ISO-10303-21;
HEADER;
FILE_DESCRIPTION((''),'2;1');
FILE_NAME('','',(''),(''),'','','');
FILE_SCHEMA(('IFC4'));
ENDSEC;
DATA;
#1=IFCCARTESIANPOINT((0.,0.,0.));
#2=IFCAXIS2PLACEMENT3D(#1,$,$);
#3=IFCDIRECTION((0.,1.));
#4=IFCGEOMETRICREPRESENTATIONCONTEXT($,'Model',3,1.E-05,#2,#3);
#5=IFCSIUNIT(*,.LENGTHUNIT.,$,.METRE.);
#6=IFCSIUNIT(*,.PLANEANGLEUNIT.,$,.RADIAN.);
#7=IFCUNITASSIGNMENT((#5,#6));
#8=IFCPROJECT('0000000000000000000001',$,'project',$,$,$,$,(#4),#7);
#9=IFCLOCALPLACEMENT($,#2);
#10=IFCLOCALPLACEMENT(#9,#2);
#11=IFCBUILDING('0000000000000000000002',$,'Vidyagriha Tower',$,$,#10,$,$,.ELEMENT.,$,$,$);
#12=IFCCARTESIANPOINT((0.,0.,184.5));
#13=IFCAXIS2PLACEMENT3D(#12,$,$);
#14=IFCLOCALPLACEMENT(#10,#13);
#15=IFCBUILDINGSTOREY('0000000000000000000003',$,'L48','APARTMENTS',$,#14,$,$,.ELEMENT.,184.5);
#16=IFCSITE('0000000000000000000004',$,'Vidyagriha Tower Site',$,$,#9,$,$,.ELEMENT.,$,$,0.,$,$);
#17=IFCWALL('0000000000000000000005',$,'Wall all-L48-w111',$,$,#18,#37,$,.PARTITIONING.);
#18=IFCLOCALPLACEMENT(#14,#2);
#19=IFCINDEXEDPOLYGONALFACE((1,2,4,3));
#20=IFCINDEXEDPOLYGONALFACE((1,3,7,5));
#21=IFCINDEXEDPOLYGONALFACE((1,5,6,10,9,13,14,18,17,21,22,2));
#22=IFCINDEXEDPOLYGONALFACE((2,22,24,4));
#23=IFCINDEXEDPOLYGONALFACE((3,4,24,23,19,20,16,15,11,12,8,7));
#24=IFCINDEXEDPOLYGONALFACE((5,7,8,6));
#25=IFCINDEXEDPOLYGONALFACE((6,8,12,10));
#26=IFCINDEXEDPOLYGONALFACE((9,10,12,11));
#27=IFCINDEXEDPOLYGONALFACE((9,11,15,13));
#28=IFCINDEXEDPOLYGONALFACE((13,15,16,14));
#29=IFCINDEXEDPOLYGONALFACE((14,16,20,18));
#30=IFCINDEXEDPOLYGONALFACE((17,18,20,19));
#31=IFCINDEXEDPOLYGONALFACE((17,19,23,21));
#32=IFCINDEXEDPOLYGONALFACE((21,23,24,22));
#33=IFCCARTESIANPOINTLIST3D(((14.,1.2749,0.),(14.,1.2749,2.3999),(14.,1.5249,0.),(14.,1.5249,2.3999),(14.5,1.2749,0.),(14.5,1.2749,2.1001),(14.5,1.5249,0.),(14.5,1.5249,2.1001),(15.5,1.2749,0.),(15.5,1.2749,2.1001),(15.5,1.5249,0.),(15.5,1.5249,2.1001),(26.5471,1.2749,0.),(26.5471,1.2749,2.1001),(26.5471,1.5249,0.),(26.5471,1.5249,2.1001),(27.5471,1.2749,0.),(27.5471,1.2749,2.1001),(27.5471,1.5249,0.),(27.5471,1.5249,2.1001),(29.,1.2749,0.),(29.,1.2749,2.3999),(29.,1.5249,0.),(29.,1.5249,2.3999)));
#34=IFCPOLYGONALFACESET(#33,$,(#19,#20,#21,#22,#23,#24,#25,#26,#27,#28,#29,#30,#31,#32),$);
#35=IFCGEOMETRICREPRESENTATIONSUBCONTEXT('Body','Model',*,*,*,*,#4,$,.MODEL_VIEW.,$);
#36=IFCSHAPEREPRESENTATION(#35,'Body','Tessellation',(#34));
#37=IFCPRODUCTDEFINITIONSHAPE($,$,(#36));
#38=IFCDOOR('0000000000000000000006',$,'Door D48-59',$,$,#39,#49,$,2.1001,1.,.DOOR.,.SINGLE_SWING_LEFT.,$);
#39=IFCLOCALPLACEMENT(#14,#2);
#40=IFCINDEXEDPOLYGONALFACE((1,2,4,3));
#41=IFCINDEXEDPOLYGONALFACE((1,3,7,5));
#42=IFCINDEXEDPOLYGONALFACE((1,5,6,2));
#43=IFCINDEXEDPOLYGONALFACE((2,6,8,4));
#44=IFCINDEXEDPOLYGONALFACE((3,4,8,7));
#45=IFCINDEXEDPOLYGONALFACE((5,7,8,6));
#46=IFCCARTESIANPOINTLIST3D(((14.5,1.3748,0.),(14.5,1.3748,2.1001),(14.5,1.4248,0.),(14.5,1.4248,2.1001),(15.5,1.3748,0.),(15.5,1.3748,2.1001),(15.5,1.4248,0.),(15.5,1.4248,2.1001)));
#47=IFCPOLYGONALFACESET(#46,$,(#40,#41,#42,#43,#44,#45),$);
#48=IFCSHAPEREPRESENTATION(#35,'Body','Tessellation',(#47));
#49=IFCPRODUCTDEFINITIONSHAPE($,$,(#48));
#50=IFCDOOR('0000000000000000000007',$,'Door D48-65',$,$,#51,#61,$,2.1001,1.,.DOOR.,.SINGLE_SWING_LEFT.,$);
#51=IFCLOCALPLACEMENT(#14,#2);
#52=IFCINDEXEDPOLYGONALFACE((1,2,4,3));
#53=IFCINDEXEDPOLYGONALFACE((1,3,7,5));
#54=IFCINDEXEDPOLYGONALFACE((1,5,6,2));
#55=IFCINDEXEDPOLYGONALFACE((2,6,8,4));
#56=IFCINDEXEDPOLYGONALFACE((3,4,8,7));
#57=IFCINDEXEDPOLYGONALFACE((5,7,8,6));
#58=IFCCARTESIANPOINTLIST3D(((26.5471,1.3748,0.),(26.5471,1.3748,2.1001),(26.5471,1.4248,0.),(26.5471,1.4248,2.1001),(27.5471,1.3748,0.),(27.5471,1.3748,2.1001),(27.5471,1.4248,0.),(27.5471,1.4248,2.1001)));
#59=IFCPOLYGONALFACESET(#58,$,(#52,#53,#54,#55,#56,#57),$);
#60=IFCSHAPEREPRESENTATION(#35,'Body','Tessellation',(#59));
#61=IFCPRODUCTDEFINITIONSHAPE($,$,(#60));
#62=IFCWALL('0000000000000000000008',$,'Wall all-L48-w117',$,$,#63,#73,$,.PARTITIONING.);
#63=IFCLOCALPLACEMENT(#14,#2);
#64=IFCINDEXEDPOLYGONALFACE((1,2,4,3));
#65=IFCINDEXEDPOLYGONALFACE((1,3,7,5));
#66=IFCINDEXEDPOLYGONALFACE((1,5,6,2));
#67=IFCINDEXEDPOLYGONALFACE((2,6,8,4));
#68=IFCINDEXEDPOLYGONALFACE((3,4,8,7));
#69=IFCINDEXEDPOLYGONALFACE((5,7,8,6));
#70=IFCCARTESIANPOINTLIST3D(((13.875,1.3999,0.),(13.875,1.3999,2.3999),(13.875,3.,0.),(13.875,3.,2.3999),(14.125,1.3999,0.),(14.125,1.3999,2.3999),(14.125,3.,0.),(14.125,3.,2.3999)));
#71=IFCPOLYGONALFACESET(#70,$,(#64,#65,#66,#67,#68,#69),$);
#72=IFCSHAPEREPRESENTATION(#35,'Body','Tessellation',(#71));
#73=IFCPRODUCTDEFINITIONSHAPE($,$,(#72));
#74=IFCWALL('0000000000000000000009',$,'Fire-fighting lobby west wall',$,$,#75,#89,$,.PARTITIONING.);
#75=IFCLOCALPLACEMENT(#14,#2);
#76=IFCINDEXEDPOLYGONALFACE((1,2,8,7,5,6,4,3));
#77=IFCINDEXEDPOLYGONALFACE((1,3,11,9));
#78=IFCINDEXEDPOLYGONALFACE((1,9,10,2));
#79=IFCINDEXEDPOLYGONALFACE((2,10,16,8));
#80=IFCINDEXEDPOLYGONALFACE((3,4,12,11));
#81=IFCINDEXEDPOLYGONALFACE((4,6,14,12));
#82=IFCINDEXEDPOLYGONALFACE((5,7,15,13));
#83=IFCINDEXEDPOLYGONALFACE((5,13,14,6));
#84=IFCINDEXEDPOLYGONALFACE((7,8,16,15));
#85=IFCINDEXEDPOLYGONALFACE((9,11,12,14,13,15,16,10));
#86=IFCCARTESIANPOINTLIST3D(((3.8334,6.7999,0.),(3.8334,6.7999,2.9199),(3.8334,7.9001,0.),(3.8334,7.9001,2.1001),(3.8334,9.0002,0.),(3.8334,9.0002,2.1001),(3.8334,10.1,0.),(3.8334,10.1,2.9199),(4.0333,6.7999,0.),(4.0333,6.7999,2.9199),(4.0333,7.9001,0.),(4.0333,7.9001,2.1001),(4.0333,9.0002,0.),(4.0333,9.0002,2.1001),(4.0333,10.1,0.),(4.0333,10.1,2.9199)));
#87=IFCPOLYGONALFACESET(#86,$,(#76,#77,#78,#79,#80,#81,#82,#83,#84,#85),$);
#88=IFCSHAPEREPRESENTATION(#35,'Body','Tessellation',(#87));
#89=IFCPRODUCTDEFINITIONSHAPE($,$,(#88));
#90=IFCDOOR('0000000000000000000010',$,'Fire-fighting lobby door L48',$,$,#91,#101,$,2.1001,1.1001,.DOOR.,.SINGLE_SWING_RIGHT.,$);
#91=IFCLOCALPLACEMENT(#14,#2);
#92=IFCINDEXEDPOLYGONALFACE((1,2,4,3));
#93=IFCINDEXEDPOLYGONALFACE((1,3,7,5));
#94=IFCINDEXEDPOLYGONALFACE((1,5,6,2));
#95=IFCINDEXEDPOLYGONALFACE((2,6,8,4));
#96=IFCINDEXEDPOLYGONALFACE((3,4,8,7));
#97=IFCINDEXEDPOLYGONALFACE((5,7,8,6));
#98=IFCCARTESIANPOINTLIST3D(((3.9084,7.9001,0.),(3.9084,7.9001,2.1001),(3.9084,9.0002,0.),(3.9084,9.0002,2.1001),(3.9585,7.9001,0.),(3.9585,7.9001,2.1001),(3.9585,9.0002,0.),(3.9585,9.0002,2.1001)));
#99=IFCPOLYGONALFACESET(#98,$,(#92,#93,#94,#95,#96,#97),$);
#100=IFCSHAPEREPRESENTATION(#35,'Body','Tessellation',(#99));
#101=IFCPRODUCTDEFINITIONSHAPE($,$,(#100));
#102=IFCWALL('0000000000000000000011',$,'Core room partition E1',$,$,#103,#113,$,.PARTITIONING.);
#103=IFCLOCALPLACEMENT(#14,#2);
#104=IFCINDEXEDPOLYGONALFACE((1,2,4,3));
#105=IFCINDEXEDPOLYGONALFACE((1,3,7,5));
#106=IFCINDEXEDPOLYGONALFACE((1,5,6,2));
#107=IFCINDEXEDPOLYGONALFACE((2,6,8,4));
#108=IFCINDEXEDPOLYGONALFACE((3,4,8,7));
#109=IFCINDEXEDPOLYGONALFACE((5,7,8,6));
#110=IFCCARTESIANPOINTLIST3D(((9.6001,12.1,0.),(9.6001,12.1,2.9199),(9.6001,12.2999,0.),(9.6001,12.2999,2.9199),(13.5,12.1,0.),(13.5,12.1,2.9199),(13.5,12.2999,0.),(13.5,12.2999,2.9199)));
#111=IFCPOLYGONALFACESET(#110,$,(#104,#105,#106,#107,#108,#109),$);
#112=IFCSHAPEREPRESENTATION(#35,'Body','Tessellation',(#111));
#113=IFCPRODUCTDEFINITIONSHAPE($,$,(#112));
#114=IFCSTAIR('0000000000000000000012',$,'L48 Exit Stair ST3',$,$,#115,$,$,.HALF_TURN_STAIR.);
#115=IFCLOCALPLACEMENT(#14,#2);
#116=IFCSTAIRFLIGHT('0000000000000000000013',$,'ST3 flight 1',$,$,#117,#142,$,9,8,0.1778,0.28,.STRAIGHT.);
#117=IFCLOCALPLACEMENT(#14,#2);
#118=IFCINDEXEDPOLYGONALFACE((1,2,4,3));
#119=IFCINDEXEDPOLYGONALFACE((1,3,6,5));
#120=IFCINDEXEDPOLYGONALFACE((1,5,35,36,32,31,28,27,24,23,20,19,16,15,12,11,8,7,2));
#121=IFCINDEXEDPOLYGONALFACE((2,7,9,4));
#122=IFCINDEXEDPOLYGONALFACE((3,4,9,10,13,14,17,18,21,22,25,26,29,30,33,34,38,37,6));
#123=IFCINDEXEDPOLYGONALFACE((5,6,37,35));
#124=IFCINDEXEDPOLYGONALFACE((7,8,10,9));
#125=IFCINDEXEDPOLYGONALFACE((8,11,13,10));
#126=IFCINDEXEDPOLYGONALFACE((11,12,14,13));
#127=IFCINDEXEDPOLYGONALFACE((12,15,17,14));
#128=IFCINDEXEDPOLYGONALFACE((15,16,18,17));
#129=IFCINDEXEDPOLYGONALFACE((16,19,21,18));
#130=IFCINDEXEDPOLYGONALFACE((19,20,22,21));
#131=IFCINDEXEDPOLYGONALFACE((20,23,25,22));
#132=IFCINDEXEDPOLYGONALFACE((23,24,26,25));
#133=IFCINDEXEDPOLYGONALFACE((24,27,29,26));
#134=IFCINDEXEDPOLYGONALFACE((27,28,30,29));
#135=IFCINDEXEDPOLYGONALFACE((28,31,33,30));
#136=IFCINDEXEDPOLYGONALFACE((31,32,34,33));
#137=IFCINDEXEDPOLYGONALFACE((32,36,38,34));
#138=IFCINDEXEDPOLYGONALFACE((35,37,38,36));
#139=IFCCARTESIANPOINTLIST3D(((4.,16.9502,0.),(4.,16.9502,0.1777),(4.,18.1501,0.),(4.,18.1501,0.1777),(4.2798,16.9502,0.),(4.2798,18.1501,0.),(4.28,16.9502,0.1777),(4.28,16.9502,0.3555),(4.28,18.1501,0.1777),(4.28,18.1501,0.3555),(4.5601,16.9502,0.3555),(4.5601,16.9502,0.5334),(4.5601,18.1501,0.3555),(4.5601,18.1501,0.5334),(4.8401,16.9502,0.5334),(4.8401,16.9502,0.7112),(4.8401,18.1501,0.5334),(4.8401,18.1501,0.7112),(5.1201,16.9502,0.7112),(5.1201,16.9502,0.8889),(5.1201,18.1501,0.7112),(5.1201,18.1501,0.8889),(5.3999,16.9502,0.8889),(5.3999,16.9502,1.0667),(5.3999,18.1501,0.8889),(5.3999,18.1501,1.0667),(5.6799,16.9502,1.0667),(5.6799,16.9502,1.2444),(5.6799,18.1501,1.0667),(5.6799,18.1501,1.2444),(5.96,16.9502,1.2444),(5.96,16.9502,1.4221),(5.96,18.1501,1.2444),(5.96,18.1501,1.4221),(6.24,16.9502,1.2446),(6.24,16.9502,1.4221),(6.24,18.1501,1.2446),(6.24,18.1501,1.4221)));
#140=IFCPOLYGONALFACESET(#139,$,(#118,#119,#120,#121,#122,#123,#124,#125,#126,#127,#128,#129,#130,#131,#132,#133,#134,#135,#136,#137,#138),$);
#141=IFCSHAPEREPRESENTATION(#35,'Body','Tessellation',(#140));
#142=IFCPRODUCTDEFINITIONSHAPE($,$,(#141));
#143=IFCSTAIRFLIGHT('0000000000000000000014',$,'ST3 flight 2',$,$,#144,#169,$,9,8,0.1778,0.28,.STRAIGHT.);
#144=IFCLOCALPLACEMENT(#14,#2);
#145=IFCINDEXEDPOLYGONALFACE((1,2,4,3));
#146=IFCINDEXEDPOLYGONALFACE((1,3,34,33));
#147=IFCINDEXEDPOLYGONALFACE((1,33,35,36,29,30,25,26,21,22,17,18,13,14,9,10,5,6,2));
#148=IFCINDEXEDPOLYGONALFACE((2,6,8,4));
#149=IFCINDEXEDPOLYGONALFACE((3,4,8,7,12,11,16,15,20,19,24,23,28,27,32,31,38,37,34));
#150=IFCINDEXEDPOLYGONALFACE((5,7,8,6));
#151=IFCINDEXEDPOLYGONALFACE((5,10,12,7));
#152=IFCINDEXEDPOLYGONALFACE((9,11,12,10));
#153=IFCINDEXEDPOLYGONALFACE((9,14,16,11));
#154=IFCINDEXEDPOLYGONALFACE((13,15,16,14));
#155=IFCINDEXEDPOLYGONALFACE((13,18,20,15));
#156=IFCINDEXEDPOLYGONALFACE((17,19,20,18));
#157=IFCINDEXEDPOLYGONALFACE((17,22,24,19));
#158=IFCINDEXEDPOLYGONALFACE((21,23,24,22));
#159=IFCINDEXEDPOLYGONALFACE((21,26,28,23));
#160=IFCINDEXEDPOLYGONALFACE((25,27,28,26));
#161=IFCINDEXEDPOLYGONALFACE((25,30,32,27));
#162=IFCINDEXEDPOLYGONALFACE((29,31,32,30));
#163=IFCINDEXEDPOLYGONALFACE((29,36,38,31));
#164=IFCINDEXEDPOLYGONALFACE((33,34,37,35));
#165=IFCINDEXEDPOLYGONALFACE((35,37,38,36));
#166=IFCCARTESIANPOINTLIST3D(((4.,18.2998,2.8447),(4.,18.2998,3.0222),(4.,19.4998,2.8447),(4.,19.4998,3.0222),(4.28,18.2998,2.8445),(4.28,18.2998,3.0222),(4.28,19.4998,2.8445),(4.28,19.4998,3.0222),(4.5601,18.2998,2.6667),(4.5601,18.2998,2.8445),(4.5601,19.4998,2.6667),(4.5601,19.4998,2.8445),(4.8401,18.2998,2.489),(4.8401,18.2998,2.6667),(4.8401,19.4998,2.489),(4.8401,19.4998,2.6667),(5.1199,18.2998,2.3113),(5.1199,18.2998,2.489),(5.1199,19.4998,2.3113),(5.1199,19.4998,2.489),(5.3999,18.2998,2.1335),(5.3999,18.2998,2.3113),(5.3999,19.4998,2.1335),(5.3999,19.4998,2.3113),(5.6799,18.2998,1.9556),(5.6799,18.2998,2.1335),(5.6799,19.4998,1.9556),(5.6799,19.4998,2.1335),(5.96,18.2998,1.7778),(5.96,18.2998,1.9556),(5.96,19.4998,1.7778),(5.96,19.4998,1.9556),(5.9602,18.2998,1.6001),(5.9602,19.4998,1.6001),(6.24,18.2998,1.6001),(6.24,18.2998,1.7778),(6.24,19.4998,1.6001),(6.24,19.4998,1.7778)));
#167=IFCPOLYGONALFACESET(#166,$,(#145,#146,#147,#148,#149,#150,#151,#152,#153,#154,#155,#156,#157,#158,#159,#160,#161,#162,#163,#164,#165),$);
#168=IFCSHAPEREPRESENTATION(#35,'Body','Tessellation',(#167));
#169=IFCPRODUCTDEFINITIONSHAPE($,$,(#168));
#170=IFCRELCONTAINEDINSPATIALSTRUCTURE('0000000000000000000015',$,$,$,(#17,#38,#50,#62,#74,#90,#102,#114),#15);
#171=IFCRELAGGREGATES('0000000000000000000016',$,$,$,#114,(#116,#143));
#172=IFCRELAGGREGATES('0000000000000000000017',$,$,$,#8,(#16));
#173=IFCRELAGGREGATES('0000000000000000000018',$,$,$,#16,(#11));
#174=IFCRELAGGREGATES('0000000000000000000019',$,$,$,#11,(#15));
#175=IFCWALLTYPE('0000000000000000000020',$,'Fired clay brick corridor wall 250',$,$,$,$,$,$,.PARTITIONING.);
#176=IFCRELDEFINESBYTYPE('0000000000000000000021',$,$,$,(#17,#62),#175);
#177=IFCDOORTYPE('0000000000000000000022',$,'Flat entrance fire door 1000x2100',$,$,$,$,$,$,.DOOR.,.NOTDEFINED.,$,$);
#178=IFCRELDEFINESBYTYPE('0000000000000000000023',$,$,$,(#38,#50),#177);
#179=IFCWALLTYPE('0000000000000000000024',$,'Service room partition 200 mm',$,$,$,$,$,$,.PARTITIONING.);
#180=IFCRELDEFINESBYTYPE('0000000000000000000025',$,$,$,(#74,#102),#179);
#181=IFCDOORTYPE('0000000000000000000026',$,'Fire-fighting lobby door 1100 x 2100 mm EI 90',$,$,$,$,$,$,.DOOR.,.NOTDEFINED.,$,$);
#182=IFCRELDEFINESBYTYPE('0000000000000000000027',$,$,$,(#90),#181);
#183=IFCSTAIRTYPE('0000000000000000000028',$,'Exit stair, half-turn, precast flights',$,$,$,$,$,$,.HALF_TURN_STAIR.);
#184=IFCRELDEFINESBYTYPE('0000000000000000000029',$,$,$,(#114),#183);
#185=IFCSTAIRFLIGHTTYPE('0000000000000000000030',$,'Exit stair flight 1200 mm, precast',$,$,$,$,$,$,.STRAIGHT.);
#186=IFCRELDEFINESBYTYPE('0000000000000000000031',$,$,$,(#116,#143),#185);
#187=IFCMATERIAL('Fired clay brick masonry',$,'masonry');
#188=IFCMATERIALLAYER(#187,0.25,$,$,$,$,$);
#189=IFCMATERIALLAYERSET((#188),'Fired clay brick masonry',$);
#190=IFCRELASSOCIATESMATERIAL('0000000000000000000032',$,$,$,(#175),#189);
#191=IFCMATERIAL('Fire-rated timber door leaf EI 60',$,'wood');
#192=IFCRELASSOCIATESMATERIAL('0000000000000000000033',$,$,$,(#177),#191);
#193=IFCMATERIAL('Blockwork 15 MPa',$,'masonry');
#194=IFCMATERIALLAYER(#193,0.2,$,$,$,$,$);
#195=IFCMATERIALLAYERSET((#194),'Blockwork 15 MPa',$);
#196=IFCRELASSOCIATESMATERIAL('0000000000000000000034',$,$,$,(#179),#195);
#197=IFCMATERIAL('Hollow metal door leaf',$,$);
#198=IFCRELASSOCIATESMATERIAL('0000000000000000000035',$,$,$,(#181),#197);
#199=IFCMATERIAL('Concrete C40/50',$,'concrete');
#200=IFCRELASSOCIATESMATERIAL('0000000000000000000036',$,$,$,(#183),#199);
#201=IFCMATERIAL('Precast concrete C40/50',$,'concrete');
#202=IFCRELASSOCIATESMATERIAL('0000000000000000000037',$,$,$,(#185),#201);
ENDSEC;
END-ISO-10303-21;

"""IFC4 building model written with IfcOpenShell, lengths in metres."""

from ifc_helpers import new_model, si_unit, direction, frame, frame_2d, origin, place, context, subcontext, project, spatial, polyline, rectangle, outline, extrude, material, layer, layer_set, type_object, element, fill, aggregate, save


model = new_model("IFC4")

# Units and contexts
model_context = context("Model", 3, precision=1e-05, world=origin(), true_north=direction((0.0, 1.0)))
body_context = subcontext(model_context, "Body", "Model", "MODEL_VIEW")
ifc_project = project(units=[si_unit("LENGTHUNIT", "METRE"), si_unit("PLANEANGLEUNIT", "RADIAN")], contexts=[model_context])

# Site, building, storey
site_placement = place(None, origin())
site = spatial("IfcSite", under=ifc_project, at=site_placement, Name="Vidyagriha Tower Site", CompositionType="ELEMENT", RefElevation=0.0)
building_placement = place(site_placement, origin())
building = spatial("IfcBuilding", under=site, at=building_placement, Name="Vidyagriha Tower", CompositionType="ELEMENT")
storey_placement = place(building_placement, frame((0.0, 0.0, 184.5)))
storey = spatial("IfcBuildingStorey", under=building, at=storey_placement, Name="L48", Description="APARTMENTS", CompositionType="ELEMENT", Elevation=184.5)

# Wall, openings, doors
ifc_material_1 = material(Name="Fired clay brick masonry", Category="masonry")
ifc_layer_1 = layer(ifc_material_1, 0.25)
ifc_layer_set_1 = layer_set([ifc_layer_1], Name="Fired clay brick masonry")
wall_type_1 = type_object("IfcWallType", Name="Fired clay brick corridor wall 250", PredefinedType="PARTITIONING", material=ifc_layer_set_1)
wall_1_placement = place(storey_placement, frame((14.0, 1.3999, 0.0)))
wall_1 = element("IfcWall", 1, at=wall_1_placement, inside=storey, type_object=wall_type_1, Name="Wall all-L48-w111", PredefinedType="PARTITIONING", context=body_context, shape_type="SweptSolid", body=[
    extrude(rectangle(XDim=15.0, YDim=0.25, at=frame_2d((7.5, 0.0))), origin(), (0.0, 0.0, 1.0), 2.3999),
])
opening_1_placement = place(wall_1_placement, frame((0.5, 0.0, 0.0)))
opening_1 = element("IfcOpeningElement", 2, at=opening_1_placement, cuts=wall_1, PredefinedType="OPENING", context=body_context, shape_type="SweptSolid", body=[
    extrude(rectangle(XDim=1.0, YDim=2.1001, at=frame_2d((0.5, 1.05))), frame((0.0, 0.135, 0.0), z_axis=(0.0, -1.0, 0.0), x_axis=(1.0, 0.0, 0.0)), (0.0, 0.0, 1.0), 0.27),
])
opening_2_placement = place(wall_1_placement, frame((12.5471, 0.0, 0.0)))
opening_2 = element("IfcOpeningElement", 3, at=opening_2_placement, cuts=wall_1, PredefinedType="OPENING", context=body_context, shape_type="SweptSolid", body=[
    extrude(rectangle(XDim=1.0, YDim=2.1001, at=frame_2d((0.5, 1.05))), frame((0.0, 0.135, 0.0), z_axis=(0.0, -1.0, 0.0), x_axis=(1.0, 0.0, 0.0)), (0.0, 0.0, 1.0), 0.27),
])
ifc_material_2 = material(Name="Fire-rated timber door leaf EI 60", Category="wood")
door_type_1 = type_object("IfcDoorType", Name="Flat entrance fire door 1000x2100", OperationType="NOTDEFINED", PredefinedType="DOOR", material=ifc_material_2)
door_1_placement = place(opening_1_placement, origin())
door_1 = element("IfcDoor", 4, at=door_1_placement, inside=storey, type_object=door_type_1, Name="Door D48-59", OperationType="SINGLE_SWING_LEFT", OverallHeight=2.1001, OverallWidth=1.0, PredefinedType="DOOR", context=body_context, shape_type="SweptSolid", body=[
    extrude(rectangle(XDim=1.0, YDim=2.1001, at=frame_2d((0.5, 1.05))), frame((0.0, 0.0249, 0.0), z_axis=(0.0, -1.0, 0.0), x_axis=(1.0, 0.0, 0.0)), (0.0, 0.0, 1.0), 0.05),
])
fill(opening_1, door_1)
door_2_placement = place(opening_2_placement, origin())
door_2 = element("IfcDoor", 5, at=door_2_placement, inside=storey, type_object=door_type_1, Name="Door D48-65", OperationType="SINGLE_SWING_LEFT", OverallHeight=2.1001, OverallWidth=1.0, PredefinedType="DOOR", context=body_context, shape_type="SweptSolid", body=[
    extrude(rectangle(XDim=1.0, YDim=2.1001, at=frame_2d((0.5, 1.05))), frame((0.0, 0.0249, 0.0), z_axis=(0.0, -1.0, 0.0), x_axis=(1.0, 0.0, 0.0)), (0.0, 0.0, 1.0), 0.05),
])
fill(opening_2, door_2)

# Wall
wall_2_placement = place(storey_placement, frame((14.0, 1.3999, 0.0), z_axis=(0.0, 0.0, 1.0), x_axis=(0.0, 1.0, 0.0)))
element("IfcWall", 6, at=wall_2_placement, inside=storey, type_object=wall_type_1, Name="Wall all-L48-w117", PredefinedType="PARTITIONING", context=body_context, shape_type="SweptSolid", body=[
    extrude(rectangle(XDim=1.6001, YDim=0.25, at=frame_2d((0.8, 0.0))), origin(), (0.0, 0.0, 1.0), 2.3999),
])

# Wall, opening, door
ifc_material_3 = material(Name="Blockwork 15 MPa", Category="masonry")
ifc_layer_2 = layer(ifc_material_3, 0.2)
ifc_layer_set_2 = layer_set([ifc_layer_2], Name="Blockwork 15 MPa")
wall_type_2 = type_object("IfcWallType", Name="Service room partition 200 mm", PredefinedType="PARTITIONING", material=ifc_layer_set_2)
wall_3_placement = place(storey_placement, frame((3.9333, 6.8, 0.0), z_axis=(0.0, 0.0, 1.0), x_axis=(0.0, 1.0, 0.0)))
wall_3 = element("IfcWall", 7, at=wall_3_placement, inside=storey, type_object=wall_type_2, Name="Fire-fighting lobby west wall", PredefinedType="PARTITIONING", context=body_context, shape_type="SweptSolid", body=[
    extrude(rectangle(XDim=3.3, YDim=0.2, at=frame_2d((1.6499, 0.0))), origin(), (0.0, 0.0, 1.0), 2.9199),
])
opening_3_placement = place(wall_3_placement, frame((1.1001, 0.0, 0.0)))
opening_3 = element("IfcOpeningElement", 8, at=opening_3_placement, cuts=wall_3, PredefinedType="OPENING", context=body_context, shape_type="SweptSolid", body=[
    extrude(rectangle(XDim=1.1001, YDim=2.1001, at=frame_2d((0.55, 1.05))), frame((0.0, 0.1099, 0.0), z_axis=(0.0, -1.0, 0.0), x_axis=(1.0, 0.0, 0.0)), (0.0, 0.0, 1.0), 0.22),
])
ifc_material_4 = material(Name="Hollow metal door leaf")
door_type_2 = type_object("IfcDoorType", Name="Fire-fighting lobby door 1100 x 2100 mm EI 90", OperationType="NOTDEFINED", PredefinedType="DOOR", material=ifc_material_4)
door_3_placement = place(opening_3_placement, origin())
door_3 = element("IfcDoor", 9, at=door_3_placement, inside=storey, type_object=door_type_2, Name="Fire-fighting lobby door L48", OperationType="SINGLE_SWING_RIGHT", OverallHeight=2.1001, OverallWidth=1.1001, PredefinedType="DOOR", context=body_context, shape_type="SweptSolid", body=[
    extrude(rectangle(XDim=1.1001, YDim=2.1001, at=frame_2d((0.55, 1.05))), frame((0.0, 0.0249, 0.0), z_axis=(0.0, -1.0, 0.0), x_axis=(1.0, 0.0, 0.0)), (0.0, 0.0, 1.0), 0.05),
])
fill(opening_3, door_3)

# Wall
wall_4_placement = place(storey_placement, frame((9.6001, 12.2, 0.0)))
element("IfcWall", 10, at=wall_4_placement, inside=storey, type_object=wall_type_2, Name="Core room partition E1", PredefinedType="PARTITIONING", context=body_context, shape_type="SweptSolid", body=[
    extrude(rectangle(XDim=3.8999, YDim=0.2, at=frame_2d((1.95, 0.0))), origin(), (0.0, 0.0, 1.0), 2.9199),
])

# Stair, stair flights
ifc_material_5 = material(Name="Concrete C40/50", Category="concrete")
stair_type = type_object("IfcStairType", Name="Exit stair, half-turn, precast flights", PredefinedType="HALF_TURN_STAIR", material=ifc_material_5)
stair_placement = place(storey_placement, origin())
stair = element("IfcStair", 11, at=stair_placement, inside=storey, type_object=stair_type, Name="L48 Exit Stair ST3", PredefinedType="HALF_TURN_STAIR")
ifc_material_6 = material(Name="Precast concrete C40/50", Category="concrete")
stair_flight_type = type_object("IfcStairFlightType", Name="Exit stair flight 1200 mm, precast", PredefinedType="STRAIGHT", material=ifc_material_6)
stair_flight_1_placement = place(storey_placement, frame((4.0, 17.55, 0.0)))
stair_flight_1 = element("IfcStairFlight", 12, at=stair_flight_1_placement, type_object=stair_flight_type, Name="ST3 flight 1", NumberOfRisers=9, NumberOfTreads=8, PredefinedType="STRAIGHT", RiserHeight=0.1778, TreadLength=0.28, context=body_context, shape_type="SweptSolid", body=[
    extrude(outline(polyline([(0.0, 0.0), (0.0, 0.1777), (0.28, 0.1777), (0.28, 0.3555), (0.5601, 0.3555), (0.5601, 0.5334), (0.8401, 0.5334), (0.8401, 0.7112), (1.1201, 0.7112), (1.1201, 0.8889), (1.3999, 0.8889), (1.3999, 1.0667), (1.6799, 1.0667), (1.6799, 1.2444), (1.96, 1.2444), (1.96, 1.4221), (2.24, 1.4221), (2.24, 1.6001), (2.24, 1.2446), (0.2798, 0.0), (0.0, 0.0)])), frame((0.0, 0.6001, 0.0), z_axis=(0.0, -1.0, 0.0), x_axis=(1.0, 0.0, 0.0)), (0.0, 0.0, 1.0), 1.2),
])
stair_flight_2_placement = place(storey_placement, frame((6.24, 18.8999, 1.6001), z_axis=(0.0, 0.0, 1.0), x_axis=(-1.0, 0.0, 0.0)))
stair_flight_2 = element("IfcStairFlight", 13, at=stair_flight_2_placement, type_object=stair_flight_type, Name="ST3 flight 2", NumberOfRisers=9, NumberOfTreads=8, PredefinedType="STRAIGHT", RiserHeight=0.1778, TreadLength=0.28, context=body_context, shape_type="SweptSolid", body=[
    extrude(outline(polyline([(0.0, 0.0), (0.0, 0.1777), (0.28, 0.1777), (0.28, 0.3555), (0.5601, 0.3555), (0.5601, 0.5334), (0.8401, 0.5334), (0.8401, 0.7112), (1.1201, 0.7112), (1.1201, 0.8889), (1.3999, 0.8889), (1.3999, 1.0667), (1.6799, 1.0667), (1.6799, 1.2444), (1.96, 1.2444), (1.96, 1.4221), (2.24, 1.4221), (2.24, 1.6001), (2.24, 1.2446), (0.2798, 0.0), (0.0, 0.0)])), frame((0.0, 0.6001, 0.0), z_axis=(0.0, -1.0, 0.0), x_axis=(1.0, 0.0, 0.0)), (0.0, 0.0, 1.0), 1.2),
])
aggregate(stair, [stair_flight_1, stair_flight_2])

save(model, "model.ifc")
